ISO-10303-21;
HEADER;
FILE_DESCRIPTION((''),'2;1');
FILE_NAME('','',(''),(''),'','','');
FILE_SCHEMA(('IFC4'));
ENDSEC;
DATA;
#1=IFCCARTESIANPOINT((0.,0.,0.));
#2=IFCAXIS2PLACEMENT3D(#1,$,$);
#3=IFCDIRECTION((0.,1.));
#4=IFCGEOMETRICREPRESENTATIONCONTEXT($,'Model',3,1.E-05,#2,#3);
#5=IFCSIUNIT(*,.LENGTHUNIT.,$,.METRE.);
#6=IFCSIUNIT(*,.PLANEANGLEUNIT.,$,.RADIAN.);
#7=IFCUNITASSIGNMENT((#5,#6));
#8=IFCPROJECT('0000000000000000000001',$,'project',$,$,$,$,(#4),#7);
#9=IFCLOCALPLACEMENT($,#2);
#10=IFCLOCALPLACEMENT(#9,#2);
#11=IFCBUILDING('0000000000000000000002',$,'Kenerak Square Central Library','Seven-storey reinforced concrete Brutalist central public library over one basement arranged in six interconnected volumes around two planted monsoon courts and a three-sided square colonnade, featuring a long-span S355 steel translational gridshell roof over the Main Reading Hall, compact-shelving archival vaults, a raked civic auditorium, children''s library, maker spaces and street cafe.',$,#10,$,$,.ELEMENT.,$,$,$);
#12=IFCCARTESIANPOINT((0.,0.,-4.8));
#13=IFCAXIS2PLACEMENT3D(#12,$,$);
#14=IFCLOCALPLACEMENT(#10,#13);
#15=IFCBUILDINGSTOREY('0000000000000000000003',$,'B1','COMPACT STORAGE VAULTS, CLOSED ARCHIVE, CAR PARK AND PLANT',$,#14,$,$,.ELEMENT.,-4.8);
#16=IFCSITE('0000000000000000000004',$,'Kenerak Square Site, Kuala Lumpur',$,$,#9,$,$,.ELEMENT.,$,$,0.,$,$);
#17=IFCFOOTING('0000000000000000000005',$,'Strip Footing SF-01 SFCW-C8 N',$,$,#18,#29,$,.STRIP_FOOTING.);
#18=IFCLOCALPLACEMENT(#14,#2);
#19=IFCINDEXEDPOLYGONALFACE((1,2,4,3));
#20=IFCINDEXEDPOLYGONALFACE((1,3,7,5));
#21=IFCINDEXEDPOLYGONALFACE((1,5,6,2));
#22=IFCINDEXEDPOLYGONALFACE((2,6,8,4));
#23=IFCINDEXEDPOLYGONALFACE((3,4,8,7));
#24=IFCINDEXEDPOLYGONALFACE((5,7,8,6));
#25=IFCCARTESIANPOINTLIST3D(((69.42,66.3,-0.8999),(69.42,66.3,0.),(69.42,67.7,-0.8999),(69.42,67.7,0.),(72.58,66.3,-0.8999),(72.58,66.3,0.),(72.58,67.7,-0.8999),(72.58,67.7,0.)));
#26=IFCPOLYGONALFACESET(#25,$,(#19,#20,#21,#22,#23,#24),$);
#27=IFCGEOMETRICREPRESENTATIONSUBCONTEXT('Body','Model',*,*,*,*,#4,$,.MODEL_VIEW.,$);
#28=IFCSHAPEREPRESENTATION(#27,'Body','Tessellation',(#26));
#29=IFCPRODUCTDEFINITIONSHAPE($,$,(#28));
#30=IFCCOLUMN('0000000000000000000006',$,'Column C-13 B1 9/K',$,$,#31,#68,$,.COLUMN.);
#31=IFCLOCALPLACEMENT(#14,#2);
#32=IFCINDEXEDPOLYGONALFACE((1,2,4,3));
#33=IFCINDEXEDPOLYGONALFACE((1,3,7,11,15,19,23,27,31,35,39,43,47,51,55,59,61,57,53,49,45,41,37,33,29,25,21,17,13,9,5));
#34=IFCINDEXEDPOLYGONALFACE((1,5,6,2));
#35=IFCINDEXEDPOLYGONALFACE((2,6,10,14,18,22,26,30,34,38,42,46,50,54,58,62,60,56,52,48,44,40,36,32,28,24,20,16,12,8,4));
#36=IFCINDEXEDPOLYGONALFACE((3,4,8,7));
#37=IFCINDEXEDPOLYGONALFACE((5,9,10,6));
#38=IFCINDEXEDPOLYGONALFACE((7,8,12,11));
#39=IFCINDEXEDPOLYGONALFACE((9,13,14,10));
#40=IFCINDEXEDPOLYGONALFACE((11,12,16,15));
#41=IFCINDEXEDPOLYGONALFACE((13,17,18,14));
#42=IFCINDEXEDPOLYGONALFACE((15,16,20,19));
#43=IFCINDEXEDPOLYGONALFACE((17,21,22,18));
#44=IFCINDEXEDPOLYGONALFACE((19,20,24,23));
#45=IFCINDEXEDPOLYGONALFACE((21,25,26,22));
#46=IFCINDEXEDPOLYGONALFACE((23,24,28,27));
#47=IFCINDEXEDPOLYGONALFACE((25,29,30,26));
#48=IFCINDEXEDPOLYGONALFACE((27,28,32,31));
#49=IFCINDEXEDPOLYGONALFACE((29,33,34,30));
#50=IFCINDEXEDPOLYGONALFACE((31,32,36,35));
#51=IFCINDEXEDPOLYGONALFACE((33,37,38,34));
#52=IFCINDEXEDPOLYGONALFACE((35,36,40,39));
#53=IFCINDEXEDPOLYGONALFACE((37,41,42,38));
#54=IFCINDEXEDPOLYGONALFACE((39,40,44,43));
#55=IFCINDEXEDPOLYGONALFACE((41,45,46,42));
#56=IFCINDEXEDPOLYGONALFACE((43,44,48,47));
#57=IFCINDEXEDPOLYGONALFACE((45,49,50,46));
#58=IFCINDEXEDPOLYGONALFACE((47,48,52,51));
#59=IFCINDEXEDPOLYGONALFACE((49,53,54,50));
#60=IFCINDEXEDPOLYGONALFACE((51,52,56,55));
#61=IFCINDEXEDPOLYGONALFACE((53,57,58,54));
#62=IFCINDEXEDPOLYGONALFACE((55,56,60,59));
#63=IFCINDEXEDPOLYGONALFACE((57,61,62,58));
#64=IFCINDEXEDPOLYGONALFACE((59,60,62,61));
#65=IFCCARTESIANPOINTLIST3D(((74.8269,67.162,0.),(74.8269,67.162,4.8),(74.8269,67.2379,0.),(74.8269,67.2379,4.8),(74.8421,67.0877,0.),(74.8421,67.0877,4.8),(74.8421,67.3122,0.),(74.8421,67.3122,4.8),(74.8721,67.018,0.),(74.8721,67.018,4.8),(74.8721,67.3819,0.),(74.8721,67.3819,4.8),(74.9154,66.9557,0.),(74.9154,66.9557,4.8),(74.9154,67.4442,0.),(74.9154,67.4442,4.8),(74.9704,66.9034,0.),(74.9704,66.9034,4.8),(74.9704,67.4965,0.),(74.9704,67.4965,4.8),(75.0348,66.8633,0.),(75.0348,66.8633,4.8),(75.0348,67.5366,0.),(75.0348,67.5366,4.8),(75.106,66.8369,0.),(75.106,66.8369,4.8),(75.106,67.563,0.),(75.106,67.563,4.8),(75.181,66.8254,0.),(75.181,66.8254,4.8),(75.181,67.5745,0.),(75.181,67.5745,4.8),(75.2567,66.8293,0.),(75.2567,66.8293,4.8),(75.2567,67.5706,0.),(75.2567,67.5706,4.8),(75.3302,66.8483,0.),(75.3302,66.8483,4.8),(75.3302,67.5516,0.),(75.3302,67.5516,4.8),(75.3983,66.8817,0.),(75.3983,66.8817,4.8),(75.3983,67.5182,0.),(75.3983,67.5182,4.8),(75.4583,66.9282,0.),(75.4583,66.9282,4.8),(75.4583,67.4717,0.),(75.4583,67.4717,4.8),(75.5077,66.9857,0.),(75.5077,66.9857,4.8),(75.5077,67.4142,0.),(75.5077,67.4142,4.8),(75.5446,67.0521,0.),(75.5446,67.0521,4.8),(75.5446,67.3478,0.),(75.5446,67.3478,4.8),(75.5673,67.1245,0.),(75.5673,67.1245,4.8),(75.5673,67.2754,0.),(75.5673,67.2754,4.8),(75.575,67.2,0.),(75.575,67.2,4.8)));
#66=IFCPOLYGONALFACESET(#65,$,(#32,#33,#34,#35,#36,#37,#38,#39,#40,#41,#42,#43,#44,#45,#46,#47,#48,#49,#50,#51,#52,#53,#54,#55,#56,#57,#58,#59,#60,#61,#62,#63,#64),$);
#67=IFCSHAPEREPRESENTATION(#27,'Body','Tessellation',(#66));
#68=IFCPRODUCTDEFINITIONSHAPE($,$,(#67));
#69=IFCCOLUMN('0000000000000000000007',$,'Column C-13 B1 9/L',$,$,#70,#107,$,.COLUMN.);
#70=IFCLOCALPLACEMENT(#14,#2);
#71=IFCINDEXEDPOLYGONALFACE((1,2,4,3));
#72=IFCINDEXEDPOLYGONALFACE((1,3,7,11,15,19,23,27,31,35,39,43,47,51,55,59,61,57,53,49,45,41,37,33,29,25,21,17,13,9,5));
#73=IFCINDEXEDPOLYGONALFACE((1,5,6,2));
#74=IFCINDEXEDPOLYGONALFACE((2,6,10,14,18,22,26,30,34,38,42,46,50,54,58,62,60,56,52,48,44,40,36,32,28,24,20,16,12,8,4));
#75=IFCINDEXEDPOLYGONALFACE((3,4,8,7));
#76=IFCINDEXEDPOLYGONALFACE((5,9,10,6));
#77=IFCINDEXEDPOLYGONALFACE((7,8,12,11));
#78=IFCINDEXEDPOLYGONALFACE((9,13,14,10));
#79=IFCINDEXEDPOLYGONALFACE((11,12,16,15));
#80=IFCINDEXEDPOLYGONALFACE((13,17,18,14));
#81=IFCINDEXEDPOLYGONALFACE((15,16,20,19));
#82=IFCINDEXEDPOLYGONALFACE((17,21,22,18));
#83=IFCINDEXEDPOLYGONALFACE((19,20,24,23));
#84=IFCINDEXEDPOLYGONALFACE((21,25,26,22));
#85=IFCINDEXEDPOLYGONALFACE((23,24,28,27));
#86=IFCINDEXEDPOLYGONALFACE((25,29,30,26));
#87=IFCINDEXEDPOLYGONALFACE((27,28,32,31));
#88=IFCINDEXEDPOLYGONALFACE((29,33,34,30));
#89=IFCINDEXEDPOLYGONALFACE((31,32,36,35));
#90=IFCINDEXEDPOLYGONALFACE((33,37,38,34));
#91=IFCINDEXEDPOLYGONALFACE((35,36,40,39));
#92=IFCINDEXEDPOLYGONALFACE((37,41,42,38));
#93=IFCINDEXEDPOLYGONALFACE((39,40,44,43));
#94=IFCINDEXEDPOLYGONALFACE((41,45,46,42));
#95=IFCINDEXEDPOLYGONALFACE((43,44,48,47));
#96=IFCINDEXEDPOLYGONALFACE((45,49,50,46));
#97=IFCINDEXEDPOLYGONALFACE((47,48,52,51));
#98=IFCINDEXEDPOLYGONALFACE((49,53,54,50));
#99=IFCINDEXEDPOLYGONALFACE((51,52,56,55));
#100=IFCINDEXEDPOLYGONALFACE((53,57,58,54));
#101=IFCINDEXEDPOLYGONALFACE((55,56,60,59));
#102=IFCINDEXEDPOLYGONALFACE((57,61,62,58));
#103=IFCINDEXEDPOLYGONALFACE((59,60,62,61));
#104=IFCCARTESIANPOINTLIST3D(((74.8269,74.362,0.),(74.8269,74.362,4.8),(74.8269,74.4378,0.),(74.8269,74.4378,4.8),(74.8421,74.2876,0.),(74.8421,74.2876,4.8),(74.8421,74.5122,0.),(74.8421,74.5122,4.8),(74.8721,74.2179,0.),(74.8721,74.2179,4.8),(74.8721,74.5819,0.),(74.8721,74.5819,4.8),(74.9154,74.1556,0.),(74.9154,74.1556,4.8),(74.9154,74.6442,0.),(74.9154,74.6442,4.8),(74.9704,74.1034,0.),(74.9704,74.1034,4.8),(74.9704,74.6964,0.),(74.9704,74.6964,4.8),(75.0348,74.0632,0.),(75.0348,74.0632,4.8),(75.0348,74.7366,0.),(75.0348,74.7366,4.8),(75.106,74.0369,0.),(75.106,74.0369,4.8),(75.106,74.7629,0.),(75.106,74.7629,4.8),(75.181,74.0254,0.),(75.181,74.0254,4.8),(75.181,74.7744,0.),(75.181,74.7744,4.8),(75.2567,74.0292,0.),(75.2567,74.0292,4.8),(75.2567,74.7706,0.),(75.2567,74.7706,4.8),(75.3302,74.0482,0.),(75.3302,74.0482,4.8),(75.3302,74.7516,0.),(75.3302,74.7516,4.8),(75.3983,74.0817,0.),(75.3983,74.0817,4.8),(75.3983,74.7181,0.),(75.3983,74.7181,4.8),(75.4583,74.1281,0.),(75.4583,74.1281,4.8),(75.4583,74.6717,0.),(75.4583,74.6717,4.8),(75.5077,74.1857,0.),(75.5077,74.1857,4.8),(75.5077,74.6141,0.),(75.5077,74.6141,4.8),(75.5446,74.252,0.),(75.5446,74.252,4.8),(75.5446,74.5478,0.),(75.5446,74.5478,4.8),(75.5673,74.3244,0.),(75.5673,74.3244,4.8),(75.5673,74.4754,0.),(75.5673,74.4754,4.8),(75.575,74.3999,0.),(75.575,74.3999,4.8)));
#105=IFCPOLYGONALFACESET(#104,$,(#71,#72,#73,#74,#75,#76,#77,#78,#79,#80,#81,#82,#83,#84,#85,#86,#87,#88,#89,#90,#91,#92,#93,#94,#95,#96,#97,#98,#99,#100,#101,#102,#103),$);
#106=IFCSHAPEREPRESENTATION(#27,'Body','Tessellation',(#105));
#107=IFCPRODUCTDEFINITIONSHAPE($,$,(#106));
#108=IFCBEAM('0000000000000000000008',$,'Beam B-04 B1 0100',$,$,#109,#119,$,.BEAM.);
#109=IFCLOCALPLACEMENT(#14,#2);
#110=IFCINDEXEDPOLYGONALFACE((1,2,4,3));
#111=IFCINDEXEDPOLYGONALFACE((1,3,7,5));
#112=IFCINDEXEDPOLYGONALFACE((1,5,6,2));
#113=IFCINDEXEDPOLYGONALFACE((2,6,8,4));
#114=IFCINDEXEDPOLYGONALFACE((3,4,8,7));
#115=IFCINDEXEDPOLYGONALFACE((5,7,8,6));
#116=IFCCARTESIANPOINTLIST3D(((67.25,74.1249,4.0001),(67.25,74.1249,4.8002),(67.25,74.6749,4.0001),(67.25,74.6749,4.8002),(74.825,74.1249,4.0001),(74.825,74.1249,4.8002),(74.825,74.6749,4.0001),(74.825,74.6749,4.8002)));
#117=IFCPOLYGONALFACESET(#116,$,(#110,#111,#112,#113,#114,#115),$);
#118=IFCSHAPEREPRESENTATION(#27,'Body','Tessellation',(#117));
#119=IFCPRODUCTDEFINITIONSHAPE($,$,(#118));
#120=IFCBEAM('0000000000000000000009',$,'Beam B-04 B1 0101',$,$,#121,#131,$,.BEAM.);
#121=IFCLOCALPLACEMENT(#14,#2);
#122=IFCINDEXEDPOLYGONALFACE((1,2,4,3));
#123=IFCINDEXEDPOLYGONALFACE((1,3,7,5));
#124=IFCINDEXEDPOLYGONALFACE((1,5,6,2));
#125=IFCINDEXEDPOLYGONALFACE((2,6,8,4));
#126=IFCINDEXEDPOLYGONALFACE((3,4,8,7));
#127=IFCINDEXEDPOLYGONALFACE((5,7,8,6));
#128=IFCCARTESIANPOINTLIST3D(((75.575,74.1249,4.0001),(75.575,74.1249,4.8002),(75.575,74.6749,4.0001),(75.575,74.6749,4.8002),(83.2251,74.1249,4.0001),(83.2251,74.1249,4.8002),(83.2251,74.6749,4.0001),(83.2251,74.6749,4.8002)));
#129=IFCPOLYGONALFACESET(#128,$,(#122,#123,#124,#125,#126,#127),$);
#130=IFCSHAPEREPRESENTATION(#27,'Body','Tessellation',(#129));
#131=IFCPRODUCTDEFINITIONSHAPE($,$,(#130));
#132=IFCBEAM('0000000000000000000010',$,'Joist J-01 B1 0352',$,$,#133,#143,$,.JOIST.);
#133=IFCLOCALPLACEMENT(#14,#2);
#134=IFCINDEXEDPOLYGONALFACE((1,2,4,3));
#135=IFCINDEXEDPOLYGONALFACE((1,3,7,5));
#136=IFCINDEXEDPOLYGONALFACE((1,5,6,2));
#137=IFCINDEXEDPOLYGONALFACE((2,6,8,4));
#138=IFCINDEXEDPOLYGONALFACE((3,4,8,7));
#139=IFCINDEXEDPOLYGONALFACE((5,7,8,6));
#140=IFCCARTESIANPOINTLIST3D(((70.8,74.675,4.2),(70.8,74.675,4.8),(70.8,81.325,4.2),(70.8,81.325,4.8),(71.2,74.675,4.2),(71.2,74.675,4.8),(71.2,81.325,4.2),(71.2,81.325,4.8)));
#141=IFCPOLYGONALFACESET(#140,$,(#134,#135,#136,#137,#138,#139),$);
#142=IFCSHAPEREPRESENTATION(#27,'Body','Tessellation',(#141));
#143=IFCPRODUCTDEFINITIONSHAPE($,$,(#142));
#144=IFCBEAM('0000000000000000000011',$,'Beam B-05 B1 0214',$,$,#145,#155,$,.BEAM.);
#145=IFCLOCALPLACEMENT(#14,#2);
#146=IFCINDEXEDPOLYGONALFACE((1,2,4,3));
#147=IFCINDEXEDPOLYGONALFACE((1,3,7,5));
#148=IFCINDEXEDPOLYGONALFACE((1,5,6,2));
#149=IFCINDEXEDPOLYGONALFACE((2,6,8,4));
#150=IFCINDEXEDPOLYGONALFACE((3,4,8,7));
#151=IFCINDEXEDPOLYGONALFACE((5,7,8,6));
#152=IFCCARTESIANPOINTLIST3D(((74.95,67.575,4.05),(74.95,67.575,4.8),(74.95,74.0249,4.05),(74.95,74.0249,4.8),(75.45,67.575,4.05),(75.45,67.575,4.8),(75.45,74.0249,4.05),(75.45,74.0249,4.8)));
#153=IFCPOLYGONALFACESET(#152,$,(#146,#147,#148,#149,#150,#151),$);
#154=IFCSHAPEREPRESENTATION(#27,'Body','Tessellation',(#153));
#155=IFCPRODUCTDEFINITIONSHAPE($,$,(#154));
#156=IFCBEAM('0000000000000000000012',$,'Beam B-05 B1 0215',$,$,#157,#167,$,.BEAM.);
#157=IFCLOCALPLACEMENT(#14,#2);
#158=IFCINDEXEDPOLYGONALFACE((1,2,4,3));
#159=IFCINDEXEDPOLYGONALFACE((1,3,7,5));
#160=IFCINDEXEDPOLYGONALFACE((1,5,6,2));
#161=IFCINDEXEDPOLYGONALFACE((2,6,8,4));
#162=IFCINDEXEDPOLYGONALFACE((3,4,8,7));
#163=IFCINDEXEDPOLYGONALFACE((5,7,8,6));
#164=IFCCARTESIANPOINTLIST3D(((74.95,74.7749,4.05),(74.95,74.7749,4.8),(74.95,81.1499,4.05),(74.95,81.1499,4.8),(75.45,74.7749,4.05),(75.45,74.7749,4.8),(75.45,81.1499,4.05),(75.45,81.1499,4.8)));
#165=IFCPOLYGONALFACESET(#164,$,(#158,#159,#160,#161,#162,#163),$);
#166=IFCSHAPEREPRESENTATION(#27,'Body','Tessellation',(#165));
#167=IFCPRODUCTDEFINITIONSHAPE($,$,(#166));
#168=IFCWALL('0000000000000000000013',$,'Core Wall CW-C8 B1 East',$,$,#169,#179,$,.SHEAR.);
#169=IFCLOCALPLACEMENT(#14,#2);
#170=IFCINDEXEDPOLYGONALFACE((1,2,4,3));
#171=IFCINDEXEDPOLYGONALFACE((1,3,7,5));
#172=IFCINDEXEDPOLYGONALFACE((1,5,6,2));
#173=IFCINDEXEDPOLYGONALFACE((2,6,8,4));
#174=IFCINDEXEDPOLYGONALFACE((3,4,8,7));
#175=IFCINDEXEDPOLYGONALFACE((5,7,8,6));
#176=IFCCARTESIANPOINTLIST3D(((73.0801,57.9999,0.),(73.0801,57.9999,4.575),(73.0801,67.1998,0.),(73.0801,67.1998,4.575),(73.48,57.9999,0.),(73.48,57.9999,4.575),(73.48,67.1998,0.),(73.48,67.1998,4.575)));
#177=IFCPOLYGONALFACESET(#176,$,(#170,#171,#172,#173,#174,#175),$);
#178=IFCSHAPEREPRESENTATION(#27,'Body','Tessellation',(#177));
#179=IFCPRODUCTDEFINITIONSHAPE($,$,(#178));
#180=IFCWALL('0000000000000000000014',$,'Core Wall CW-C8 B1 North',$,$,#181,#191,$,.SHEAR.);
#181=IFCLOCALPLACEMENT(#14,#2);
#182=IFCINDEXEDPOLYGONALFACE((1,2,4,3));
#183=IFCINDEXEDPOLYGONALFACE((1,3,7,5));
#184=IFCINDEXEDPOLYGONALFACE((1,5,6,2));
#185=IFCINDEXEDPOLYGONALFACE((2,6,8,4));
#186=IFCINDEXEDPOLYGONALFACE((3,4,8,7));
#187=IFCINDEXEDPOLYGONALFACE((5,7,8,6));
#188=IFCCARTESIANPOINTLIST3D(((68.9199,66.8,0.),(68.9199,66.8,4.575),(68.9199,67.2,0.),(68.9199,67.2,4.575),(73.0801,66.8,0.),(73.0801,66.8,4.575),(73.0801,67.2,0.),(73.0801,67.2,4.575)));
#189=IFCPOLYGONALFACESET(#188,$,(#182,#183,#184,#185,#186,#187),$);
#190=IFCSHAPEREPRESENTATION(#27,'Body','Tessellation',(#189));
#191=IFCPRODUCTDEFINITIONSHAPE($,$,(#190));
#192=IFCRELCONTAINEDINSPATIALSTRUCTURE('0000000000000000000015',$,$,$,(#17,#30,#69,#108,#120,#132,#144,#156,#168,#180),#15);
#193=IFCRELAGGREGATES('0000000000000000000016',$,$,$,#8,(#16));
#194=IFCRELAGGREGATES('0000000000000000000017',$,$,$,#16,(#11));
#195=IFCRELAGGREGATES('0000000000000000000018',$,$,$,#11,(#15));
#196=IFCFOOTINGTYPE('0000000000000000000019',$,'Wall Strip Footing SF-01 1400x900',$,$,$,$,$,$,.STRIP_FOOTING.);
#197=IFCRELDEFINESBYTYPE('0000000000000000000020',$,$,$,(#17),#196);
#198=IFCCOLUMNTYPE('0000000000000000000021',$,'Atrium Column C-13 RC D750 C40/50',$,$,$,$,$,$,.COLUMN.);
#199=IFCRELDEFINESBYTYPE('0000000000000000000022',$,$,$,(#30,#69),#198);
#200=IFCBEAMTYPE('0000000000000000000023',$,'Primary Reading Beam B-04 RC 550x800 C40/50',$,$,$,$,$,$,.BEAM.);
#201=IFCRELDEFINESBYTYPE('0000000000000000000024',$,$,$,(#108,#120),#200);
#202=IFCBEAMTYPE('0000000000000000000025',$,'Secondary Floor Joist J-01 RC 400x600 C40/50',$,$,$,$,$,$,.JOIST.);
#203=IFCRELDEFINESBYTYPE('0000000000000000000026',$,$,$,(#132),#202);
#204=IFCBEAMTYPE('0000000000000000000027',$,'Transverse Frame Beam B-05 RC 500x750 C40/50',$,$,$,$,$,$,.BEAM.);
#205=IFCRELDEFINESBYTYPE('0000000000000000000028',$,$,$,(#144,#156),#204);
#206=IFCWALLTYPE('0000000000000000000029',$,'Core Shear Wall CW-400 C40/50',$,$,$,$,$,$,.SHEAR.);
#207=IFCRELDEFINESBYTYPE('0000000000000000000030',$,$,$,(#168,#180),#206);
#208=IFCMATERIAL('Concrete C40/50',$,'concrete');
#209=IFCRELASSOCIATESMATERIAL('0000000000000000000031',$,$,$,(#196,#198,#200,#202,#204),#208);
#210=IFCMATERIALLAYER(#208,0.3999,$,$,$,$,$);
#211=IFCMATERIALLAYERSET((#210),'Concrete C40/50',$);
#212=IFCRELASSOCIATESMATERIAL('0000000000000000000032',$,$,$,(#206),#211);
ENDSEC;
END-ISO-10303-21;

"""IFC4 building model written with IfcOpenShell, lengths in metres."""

from ifc_helpers import new_model, si_unit, direction, frame, frame_2d, origin, origin_2d, place, context, subcontext, project, spatial, rectangle, circle, extrude, material, layer, layer_set, material_profile, profile_set, type_object, element, save


model = new_model("IFC4")

# Units and contexts
model_context = context("Model", 3, precision=1e-05, world=origin(), true_north=direction((0.0, 1.0)))
body_context = subcontext(model_context, "Body", "Model", "MODEL_VIEW")
ifc_project = project(units=[si_unit("LENGTHUNIT", "METRE"), si_unit("PLANEANGLEUNIT", "RADIAN")], contexts=[model_context])

# Site, building, storey
site_placement = place(None, origin())
site = spatial("IfcSite", under=ifc_project, at=site_placement, Name="Kenerak Square Site, Kuala Lumpur", CompositionType="ELEMENT", RefElevation=0.0)
building_placement = place(site_placement, origin())
building = spatial("IfcBuilding", under=site, at=building_placement, Name="Kenerak Square Central Library", Description="Seven-storey reinforced concrete Brutalist central public library over one basement arranged in six interconnected volumes around two planted monsoon courts and a three-sided square colonnade, featuring a long-span S355 steel translational gridshell roof over the Main Reading Hall, compact-shelving archival vaults, a raked civic auditorium, children's library, maker spaces and street cafe.", CompositionType="ELEMENT")
storey_placement = place(building_placement, frame((0.0, 0.0, -4.8)))
storey = spatial("IfcBuildingStorey", under=building, at=storey_placement, Name="B1", Description="COMPACT STORAGE VAULTS, CLOSED ARCHIVE, CAR PARK AND PLANT", CompositionType="ELEMENT", Elevation=-4.8)

# Shared definitions
ifc_material_1 = material(Name="Concrete C40/50", Category="concrete")

# Footing
footing_type_1 = type_object("IfcFootingType", Name="Wall Strip Footing SF-01 1400x900", PredefinedType="STRIP_FOOTING", material=ifc_material_1)
footing_placement = place(storey_placement, frame((71.0, 67.0, -0.8999), z_axis=(0.0, 0.0, 1.0), x_axis=(1.0, 0.0, 0.0)))
element("IfcFooting", 1, at=footing_placement, inside=storey, type_object=footing_type_1, Name="Strip Footing SF-01 SFCW-C8 N", PredefinedType="STRIP_FOOTING", context=body_context, shape_type="SweptSolid", body=[
    extrude(rectangle(XDim=3.1599, YDim=1.3999, at=origin_2d()), origin(), (0.0, 0.0, 1.0), 0.8999),
])

# Columns
ifc_material_profile_1 = material_profile(ifc_material_1, circle(Radius=0.375, at=origin_2d()), Name="RC D750")
ifc_profile_set_1 = profile_set([ifc_material_profile_1], Name="Concrete C40/50")
column_type = type_object("IfcColumnType", Name="Atrium Column C-13 RC D750 C40/50", PredefinedType="COLUMN", material=ifc_profile_set_1)
for number, where, z_axis, x_axis, name in (
    (2, (75.2, 67.2, 0.0), (0.0, 0.0, 1.0), (1.0, 0.0, 0.0), "Column C-13 B1 9/K"),
    (3, (75.2, 74.3999, 0.0), (0.0, 0.0, 1.0), (1.0, 0.0, 0.0), "Column C-13 B1 9/L"),
):
    element("IfcColumn", number, at=place(storey_placement, frame(where, z_axis=z_axis, x_axis=x_axis)), inside=storey, type_object=column_type, Name=name, PredefinedType="COLUMN", context=body_context, shape_type="SweptSolid", body=[
        extrude(circle(Radius=0.375, at=origin_2d()), origin(), (0.0, 0.0, 1.0), 4.8),
    ])

# Beams
ifc_material_profile_2 = material_profile(ifc_material_1, rectangle(XDim=0.55, YDim=0.8, at=origin_2d()), Name="RC 550x800")
ifc_profile_set_2 = profile_set([ifc_material_profile_2], Name="Concrete C40/50")
beam_type_1 = type_object("IfcBeamType", Name="Primary Reading Beam B-04 RC 550x800 C40/50", PredefinedType="BEAM", material=ifc_profile_set_2)
beam_1_placement = place(storey_placement, frame((67.25, 74.3999, 4.4001), z_axis=(1.0, 0.0, 0.0), x_axis=(0.0, 1.0, 0.0)))
element("IfcBeam", 4, at=beam_1_placement, inside=storey, type_object=beam_type_1, Name="Beam B-04 B1 0100", PredefinedType="BEAM", context=body_context, shape_type="SweptSolid", body=[
    extrude(rectangle(XDim=0.55, YDim=0.8, at=origin_2d()), origin(), (0.0, 0.0, 1.0), 7.575),
])
beam_2_placement = place(storey_placement, frame((75.575, 74.3999, 4.4001), z_axis=(1.0, 0.0, 0.0), x_axis=(0.0, 1.0, 0.0)))
element("IfcBeam", 5, at=beam_2_placement, inside=storey, type_object=beam_type_1, Name="Beam B-04 B1 0101", PredefinedType="BEAM", context=body_context, shape_type="SweptSolid", body=[
    extrude(rectangle(XDim=0.55, YDim=0.8, at=origin_2d()), origin(), (0.0, 0.0, 1.0), 7.6501),
])
ifc_material_profile_3 = material_profile(ifc_material_1, rectangle(XDim=0.3999, YDim=0.6001, at=origin_2d()), Name="RC 400x600")
ifc_profile_set_3 = profile_set([ifc_material_profile_3], Name="Concrete C40/50")
beam_type_2 = type_object("IfcBeamType", Name="Secondary Floor Joist J-01 RC 400x600 C40/50", PredefinedType="JOIST", material=ifc_profile_set_3)
beam_3_placement = place(storey_placement, frame((71.0, 74.675, 4.5), z_axis=(0.0, 1.0, 0.0), x_axis=(-1.0, 0.0, 0.0)))
element("IfcBeam", 6, at=beam_3_placement, inside=storey, type_object=beam_type_2, Name="Joist J-01 B1 0352", PredefinedType="JOIST", context=body_context, shape_type="SweptSolid", body=[
    extrude(rectangle(XDim=0.3999, YDim=0.6001, at=origin_2d()), origin(), (0.0, 0.0, 1.0), 6.6499),
])
ifc_material_profile_4 = material_profile(ifc_material_1, rectangle(XDim=0.5, YDim=0.75, at=origin_2d()), Name="RC 500x750")
ifc_profile_set_4 = profile_set([ifc_material_profile_4], Name="Concrete C40/50")
beam_type_3 = type_object("IfcBeamType", Name="Transverse Frame Beam B-05 RC 500x750 C40/50", PredefinedType="BEAM", material=ifc_profile_set_4)
beam_4_placement = place(storey_placement, frame((75.2, 67.575, 4.425), z_axis=(0.0, 1.0, 0.0), x_axis=(-1.0, 0.0, 0.0)))
element("IfcBeam", 7, at=beam_4_placement, inside=storey, type_object=beam_type_3, Name="Beam B-05 B1 0214", PredefinedType="BEAM", context=body_context, shape_type="SweptSolid", body=[
    extrude(rectangle(XDim=0.5, YDim=0.75, at=origin_2d()), origin(), (0.0, 0.0, 1.0), 6.45),
])
beam_5_placement = place(storey_placement, frame((75.2, 74.7749, 4.425), z_axis=(0.0, 1.0, 0.0), x_axis=(-1.0, 0.0, 0.0)))
element("IfcBeam", 8, at=beam_5_placement, inside=storey, type_object=beam_type_3, Name="Beam B-05 B1 0215", PredefinedType="BEAM", context=body_context, shape_type="SweptSolid", body=[
    extrude(rectangle(XDim=0.5, YDim=0.75, at=origin_2d()), origin(), (0.0, 0.0, 1.0), 6.375),
])

# Walls
ifc_layer = layer(ifc_material_1, 0.3999)
ifc_layer_set = layer_set([ifc_layer], Name="Concrete C40/50")
wall_type = type_object("IfcWallType", Name="Core Shear Wall CW-400 C40/50", PredefinedType="SHEAR", material=ifc_layer_set)
wall_1_placement = place(storey_placement, frame((73.28, 67.2, 0.0), z_axis=(0.0, 0.0, 1.0), x_axis=(0.0, -1.0, 0.0)))
element("IfcWall", 9, at=wall_1_placement, inside=storey, type_object=wall_type, Name="Core Wall CW-C8 B1 East", PredefinedType="SHEAR", context=body_context, shape_type="SweptSolid", body=[
    extrude(rectangle(XDim=9.2, YDim=0.3999, at=frame_2d((4.6001, 0.0))), origin(), (0.0, 0.0, 1.0), 4.575),
])
wall_2_placement = place(storey_placement, frame((68.9199, 67.0, 0.0), z_axis=(0.0, 0.0, 1.0), x_axis=(1.0, 0.0, 0.0)))
element("IfcWall", 10, at=wall_2_placement, inside=storey, type_object=wall_type, Name="Core Wall CW-C8 B1 North", PredefinedType="SHEAR", context=body_context, shape_type="SweptSolid", body=[
    extrude(rectangle(XDim=4.1602, YDim=0.3999, at=frame_2d((2.0801, 0.0))), origin(), (0.0, 0.0, 1.0), 4.575),
])

save(model, "model.ifc")
